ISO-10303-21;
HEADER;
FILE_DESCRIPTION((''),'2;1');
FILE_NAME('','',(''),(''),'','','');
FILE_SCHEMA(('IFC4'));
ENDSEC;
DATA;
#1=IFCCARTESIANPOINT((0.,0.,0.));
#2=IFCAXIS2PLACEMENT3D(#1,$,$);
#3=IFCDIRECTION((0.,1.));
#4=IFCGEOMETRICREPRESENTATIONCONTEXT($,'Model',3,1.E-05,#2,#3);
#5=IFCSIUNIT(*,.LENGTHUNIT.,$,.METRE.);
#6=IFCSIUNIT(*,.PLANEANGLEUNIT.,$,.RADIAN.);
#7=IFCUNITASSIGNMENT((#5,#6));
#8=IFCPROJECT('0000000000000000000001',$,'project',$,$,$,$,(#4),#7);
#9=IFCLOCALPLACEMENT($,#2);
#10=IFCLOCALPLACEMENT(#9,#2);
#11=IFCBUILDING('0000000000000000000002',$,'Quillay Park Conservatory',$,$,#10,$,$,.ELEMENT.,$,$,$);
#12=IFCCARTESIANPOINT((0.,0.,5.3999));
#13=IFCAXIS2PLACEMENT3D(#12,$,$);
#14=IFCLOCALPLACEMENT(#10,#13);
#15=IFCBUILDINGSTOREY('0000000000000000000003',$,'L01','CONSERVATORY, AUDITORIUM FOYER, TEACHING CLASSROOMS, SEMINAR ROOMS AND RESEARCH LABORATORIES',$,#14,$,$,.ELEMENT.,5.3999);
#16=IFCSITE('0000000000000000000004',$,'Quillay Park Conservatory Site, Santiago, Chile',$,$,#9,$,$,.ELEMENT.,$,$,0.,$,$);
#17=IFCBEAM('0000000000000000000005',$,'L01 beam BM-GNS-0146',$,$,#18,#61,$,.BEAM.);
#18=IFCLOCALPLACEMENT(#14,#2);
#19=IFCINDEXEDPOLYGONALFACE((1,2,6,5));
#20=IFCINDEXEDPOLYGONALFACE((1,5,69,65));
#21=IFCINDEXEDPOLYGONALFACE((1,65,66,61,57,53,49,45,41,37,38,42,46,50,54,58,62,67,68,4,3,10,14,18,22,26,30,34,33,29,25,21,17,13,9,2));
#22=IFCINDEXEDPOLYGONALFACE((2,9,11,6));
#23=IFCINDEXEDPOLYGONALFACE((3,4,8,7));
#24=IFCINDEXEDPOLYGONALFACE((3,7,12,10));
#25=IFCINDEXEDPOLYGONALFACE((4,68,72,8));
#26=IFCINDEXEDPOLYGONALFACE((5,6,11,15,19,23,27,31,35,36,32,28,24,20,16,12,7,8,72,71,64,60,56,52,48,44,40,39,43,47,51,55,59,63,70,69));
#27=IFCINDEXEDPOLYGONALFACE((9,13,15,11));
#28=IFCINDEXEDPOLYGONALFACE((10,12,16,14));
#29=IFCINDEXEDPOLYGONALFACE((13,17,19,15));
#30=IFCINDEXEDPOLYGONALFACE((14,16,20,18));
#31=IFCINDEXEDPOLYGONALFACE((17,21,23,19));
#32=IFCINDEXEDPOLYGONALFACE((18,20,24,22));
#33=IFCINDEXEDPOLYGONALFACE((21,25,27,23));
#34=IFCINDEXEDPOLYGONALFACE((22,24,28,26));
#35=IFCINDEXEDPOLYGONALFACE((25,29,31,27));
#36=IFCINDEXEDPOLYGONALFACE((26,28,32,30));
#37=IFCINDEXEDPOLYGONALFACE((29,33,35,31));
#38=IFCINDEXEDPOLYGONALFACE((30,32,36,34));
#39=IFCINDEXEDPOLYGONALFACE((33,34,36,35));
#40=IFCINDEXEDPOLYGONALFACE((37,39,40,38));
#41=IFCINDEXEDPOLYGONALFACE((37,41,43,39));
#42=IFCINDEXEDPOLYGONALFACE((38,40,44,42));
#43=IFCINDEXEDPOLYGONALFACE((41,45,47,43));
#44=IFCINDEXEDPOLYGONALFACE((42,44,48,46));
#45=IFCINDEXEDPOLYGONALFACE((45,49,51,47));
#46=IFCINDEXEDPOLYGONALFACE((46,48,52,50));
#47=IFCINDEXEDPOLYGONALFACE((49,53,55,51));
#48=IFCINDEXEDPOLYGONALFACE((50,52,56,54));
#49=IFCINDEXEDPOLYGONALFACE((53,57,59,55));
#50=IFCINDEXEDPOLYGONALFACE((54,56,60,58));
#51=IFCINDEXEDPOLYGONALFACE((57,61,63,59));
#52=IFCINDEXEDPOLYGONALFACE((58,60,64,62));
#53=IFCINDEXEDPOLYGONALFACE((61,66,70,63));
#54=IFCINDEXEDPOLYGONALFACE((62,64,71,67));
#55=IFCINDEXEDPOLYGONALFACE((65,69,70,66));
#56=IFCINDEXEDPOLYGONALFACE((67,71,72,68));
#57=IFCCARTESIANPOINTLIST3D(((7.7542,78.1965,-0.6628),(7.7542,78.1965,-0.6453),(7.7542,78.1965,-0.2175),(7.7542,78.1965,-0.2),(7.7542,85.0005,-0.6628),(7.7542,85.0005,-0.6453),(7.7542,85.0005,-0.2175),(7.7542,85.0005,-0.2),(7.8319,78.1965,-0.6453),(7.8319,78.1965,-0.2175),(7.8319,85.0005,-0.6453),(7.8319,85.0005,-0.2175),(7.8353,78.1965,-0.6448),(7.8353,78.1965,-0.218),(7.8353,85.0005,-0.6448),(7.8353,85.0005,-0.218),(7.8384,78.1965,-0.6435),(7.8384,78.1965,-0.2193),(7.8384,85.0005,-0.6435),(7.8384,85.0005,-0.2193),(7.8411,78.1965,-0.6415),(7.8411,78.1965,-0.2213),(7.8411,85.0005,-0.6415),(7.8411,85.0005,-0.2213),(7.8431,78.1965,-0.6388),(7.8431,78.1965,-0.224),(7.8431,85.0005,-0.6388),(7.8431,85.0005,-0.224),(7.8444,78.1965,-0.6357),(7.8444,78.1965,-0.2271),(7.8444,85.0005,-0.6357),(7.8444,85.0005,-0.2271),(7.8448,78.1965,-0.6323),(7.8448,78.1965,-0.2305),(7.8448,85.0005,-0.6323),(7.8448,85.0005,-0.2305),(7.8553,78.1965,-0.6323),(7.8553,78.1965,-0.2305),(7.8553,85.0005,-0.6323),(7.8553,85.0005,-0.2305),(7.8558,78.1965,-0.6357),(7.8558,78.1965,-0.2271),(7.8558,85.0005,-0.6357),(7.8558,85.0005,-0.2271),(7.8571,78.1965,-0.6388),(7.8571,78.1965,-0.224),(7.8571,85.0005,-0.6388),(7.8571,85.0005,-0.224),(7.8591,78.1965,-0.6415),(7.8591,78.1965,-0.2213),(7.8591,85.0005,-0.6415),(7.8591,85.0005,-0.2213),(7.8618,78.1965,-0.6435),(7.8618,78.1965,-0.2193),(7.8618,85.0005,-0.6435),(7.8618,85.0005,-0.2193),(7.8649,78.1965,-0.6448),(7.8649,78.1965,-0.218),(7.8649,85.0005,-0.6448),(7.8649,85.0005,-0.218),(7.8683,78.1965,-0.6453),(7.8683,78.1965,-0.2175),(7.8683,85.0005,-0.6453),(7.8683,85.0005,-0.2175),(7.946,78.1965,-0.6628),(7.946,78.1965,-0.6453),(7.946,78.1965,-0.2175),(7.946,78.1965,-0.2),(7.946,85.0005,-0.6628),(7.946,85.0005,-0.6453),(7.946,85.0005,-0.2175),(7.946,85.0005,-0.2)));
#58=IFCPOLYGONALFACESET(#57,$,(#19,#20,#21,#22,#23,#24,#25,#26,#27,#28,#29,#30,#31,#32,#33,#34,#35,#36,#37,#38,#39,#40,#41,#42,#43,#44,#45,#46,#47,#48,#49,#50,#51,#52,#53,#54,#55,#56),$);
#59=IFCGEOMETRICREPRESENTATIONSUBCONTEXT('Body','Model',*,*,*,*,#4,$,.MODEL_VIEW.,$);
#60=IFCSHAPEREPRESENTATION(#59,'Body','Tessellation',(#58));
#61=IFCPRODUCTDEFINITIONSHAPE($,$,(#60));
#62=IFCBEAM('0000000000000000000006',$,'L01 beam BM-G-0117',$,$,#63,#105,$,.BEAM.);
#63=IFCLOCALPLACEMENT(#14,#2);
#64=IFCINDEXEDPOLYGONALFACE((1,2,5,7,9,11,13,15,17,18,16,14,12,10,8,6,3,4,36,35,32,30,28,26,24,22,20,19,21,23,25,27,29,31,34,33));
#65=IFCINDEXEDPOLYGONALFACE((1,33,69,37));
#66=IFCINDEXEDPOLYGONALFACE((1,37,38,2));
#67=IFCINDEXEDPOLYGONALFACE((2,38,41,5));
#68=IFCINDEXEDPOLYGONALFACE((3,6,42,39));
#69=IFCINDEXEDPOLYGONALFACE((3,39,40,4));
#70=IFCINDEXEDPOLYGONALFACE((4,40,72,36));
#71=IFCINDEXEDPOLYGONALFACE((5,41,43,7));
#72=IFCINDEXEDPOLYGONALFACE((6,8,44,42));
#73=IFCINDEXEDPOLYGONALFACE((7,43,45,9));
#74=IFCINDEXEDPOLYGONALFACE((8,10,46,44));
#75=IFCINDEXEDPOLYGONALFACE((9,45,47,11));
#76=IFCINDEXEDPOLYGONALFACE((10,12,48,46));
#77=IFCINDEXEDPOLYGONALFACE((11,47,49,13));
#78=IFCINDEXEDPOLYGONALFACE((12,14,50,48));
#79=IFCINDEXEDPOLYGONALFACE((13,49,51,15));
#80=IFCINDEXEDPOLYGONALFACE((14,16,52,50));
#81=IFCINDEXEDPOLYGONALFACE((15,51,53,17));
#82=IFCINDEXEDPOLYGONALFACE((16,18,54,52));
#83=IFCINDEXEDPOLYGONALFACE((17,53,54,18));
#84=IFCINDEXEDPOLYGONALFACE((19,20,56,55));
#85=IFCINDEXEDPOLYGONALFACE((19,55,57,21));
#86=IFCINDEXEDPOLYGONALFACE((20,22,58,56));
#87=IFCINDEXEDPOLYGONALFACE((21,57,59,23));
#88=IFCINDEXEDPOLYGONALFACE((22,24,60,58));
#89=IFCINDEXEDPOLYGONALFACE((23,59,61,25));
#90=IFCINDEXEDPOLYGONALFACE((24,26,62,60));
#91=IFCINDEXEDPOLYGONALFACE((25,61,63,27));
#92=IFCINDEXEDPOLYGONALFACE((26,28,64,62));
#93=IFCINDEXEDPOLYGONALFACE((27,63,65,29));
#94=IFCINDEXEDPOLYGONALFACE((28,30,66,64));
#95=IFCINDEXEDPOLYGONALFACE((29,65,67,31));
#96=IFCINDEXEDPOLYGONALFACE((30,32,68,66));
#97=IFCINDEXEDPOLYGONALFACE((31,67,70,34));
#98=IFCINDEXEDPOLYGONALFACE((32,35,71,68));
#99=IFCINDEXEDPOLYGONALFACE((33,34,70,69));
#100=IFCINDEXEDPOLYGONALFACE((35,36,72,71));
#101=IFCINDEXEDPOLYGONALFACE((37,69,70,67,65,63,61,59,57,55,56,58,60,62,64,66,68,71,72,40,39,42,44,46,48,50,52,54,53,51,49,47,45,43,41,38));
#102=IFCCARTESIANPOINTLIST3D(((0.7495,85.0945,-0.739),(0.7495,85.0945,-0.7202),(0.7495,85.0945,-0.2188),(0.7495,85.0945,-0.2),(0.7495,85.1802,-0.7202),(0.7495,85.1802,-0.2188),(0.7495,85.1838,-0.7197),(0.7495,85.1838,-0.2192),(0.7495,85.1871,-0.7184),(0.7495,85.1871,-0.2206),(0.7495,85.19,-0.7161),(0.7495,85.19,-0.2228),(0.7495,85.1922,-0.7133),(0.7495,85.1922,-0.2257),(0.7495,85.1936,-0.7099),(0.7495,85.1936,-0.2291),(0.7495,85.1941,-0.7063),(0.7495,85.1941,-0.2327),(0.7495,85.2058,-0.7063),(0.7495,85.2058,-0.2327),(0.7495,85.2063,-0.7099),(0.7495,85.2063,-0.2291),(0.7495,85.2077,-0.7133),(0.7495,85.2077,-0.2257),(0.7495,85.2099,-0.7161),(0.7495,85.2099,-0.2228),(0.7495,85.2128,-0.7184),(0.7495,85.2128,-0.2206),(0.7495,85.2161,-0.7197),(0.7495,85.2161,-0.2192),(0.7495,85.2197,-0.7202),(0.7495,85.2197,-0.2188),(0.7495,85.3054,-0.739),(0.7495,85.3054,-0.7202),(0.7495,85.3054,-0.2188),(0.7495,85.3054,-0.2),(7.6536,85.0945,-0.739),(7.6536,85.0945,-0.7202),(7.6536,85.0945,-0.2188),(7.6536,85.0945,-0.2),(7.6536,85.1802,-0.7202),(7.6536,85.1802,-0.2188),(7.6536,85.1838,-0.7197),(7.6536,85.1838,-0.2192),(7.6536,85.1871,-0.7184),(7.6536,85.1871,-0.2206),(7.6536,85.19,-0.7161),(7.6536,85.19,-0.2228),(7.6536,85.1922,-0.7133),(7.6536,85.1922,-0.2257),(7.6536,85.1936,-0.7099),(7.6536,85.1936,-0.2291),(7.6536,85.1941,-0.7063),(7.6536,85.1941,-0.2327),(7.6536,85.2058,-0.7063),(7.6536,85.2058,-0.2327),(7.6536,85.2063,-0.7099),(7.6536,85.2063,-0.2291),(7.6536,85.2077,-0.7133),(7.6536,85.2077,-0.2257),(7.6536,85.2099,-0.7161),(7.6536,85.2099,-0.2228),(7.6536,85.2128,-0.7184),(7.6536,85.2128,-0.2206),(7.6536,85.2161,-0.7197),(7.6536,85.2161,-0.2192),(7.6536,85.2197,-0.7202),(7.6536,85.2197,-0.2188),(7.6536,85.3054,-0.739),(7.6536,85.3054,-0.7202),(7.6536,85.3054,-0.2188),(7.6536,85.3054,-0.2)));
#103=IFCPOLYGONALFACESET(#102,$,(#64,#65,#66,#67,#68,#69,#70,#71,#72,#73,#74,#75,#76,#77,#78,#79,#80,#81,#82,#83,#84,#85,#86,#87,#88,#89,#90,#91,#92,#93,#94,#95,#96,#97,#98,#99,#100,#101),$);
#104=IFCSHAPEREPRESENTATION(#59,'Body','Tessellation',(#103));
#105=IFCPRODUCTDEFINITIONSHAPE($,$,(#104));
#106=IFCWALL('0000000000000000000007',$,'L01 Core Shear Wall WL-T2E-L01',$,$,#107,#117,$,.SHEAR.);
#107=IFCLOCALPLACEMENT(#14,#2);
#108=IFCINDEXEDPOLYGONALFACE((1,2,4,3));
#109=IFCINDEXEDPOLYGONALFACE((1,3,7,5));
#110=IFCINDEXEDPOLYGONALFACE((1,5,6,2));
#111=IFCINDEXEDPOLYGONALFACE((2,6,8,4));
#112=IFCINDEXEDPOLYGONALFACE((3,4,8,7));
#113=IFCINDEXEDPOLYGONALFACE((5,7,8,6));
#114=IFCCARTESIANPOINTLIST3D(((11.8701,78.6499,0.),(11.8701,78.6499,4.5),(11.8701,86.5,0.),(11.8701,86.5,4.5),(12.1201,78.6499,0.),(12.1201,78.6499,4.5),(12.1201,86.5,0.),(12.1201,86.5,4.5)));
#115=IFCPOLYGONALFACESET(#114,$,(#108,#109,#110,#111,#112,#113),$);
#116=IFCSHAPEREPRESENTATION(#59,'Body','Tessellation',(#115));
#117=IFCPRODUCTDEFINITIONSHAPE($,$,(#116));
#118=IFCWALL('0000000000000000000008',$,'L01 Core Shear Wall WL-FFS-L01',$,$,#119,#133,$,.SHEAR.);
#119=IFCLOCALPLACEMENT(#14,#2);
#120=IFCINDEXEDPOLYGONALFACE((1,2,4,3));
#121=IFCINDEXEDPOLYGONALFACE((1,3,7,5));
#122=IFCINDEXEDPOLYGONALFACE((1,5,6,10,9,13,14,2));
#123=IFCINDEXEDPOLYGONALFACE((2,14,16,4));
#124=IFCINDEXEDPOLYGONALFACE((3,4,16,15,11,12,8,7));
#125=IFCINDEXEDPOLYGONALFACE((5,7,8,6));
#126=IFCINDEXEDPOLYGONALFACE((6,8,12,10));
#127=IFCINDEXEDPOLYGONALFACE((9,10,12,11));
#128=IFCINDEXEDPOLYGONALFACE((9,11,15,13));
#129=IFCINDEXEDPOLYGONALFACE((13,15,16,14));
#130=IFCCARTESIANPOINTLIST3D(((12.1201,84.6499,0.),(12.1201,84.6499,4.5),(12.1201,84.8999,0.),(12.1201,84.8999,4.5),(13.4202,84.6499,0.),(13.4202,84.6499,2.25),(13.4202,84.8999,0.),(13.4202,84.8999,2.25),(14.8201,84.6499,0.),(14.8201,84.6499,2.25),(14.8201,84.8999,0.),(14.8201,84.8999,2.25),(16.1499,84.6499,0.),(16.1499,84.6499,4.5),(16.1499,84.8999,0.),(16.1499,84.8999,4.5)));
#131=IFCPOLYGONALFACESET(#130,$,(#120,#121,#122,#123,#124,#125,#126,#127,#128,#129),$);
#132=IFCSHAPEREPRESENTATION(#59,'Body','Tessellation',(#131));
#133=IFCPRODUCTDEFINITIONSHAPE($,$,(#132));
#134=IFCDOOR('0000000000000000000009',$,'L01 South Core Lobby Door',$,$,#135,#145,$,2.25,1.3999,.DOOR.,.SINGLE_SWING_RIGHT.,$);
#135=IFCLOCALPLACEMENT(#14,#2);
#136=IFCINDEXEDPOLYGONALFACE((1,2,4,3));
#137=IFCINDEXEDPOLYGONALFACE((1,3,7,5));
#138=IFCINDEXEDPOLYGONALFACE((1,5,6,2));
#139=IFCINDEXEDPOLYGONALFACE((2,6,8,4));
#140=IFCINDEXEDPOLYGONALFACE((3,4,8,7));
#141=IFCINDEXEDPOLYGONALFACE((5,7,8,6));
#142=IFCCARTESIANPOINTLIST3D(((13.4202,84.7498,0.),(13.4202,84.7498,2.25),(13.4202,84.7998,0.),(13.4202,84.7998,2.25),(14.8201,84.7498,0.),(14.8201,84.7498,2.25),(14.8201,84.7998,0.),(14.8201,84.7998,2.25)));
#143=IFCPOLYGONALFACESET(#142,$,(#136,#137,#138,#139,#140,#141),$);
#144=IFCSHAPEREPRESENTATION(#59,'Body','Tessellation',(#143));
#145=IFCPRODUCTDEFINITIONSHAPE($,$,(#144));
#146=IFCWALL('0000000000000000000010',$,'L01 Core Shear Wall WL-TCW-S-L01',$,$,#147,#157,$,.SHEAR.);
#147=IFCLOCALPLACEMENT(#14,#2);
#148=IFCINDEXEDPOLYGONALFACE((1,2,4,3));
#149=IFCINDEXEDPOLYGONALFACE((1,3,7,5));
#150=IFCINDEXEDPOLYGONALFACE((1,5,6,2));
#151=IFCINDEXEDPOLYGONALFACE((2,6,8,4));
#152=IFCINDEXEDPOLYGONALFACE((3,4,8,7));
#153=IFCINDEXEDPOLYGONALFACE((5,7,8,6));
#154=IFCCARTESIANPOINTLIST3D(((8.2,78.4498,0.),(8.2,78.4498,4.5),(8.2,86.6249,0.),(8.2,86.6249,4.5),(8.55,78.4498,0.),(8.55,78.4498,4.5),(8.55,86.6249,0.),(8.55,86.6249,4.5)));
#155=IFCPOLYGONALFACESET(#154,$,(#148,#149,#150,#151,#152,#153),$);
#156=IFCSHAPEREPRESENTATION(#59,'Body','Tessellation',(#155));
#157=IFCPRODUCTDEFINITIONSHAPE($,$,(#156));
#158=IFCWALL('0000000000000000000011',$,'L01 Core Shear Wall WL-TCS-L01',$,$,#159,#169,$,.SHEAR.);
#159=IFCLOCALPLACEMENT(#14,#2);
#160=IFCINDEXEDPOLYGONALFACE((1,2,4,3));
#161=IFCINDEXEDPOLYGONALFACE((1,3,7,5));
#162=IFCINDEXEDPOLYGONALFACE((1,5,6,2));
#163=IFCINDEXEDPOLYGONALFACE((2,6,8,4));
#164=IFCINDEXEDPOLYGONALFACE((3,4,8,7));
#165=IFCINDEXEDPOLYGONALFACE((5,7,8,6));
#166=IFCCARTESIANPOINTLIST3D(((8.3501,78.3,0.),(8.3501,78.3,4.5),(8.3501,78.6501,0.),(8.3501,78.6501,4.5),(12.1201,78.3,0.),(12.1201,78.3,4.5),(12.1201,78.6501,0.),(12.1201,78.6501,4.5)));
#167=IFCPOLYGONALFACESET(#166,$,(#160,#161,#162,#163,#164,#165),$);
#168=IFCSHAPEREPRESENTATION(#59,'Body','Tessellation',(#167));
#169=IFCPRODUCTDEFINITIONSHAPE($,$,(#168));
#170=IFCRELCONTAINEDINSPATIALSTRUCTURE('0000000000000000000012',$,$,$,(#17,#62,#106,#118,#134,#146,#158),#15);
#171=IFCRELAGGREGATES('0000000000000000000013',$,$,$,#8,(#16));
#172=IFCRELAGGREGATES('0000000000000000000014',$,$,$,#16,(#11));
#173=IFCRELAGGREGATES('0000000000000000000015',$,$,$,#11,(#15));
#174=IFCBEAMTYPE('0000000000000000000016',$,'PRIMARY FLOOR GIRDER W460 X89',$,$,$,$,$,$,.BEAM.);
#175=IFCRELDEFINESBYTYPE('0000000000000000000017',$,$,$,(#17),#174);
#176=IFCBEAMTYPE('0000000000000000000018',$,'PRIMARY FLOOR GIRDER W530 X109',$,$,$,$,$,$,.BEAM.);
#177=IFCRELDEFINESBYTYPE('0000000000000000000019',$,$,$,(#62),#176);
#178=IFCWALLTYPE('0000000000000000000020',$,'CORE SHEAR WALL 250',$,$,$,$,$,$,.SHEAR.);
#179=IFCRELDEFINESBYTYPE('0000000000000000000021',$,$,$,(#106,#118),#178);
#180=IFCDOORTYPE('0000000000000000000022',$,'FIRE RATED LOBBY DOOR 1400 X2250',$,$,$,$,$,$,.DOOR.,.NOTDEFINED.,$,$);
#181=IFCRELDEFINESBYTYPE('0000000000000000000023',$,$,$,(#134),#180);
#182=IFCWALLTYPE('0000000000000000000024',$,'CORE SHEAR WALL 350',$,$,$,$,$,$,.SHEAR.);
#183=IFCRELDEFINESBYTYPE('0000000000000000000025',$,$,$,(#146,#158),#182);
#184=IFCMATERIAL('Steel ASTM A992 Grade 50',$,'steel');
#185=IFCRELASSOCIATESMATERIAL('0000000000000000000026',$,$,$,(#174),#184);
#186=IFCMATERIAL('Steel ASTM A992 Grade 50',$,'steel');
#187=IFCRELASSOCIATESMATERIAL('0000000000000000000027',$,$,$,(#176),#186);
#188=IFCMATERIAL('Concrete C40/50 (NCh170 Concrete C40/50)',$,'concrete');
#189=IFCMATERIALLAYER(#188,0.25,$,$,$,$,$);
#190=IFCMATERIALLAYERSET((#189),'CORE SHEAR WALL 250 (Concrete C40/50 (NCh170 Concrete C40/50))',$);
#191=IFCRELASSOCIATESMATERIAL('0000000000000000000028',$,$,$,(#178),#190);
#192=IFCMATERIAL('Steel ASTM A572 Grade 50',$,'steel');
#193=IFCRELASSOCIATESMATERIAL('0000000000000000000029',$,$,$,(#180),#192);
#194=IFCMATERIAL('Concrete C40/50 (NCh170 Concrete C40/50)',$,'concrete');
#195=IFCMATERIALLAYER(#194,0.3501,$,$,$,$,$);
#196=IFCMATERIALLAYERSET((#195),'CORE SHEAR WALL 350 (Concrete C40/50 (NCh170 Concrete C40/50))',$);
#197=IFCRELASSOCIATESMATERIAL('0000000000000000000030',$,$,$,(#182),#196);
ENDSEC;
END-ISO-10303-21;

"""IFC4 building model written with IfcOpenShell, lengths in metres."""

from ifc_helpers import new_model, si_unit, direction, frame, frame_2d, origin, origin_2d, place, context, subcontext, project, spatial, rectangle, i_section, extrude, material, layer, layer_set, material_profile, profile_set, type_object, element, fill, save


model = new_model("IFC4")

# Units and contexts
model_context = context("Model", 3, precision=1e-05, world=origin(), true_north=direction((0.0, 1.0)))
body_context = subcontext(model_context, "Body", "Model", "MODEL_VIEW")
ifc_project = project(units=[si_unit("LENGTHUNIT", "METRE"), si_unit("PLANEANGLEUNIT", "RADIAN")], contexts=[model_context])

# Site, building, storey
site_placement = place(None, origin())
site = spatial("IfcSite", under=ifc_project, at=site_placement, Name="Quillay Park Conservatory Site, Santiago, Chile", CompositionType="ELEMENT", RefElevation=0.0)
building_placement = place(site_placement, origin())
building = spatial("IfcBuilding", under=site, at=building_placement, Name="Quillay Park Conservatory", CompositionType="ELEMENT")
storey_placement = place(building_placement, frame((0.0, 0.0, 5.3999)))
storey = spatial("IfcBuildingStorey", under=building, at=storey_placement, Name="L01", Description="CONSERVATORY, AUDITORIUM FOYER, TEACHING CLASSROOMS, SEMINAR ROOMS AND RESEARCH LABORATORIES", CompositionType="ELEMENT", Elevation=5.3999)

# Beams
ifc_material_1 = material(Name="Steel ASTM A992 Grade 50", Category="steel")
ifc_material_profile_1 = material_profile(ifc_material_1, i_section(OverallWidth=0.1919, OverallDepth=0.4629, WebThickness=0.0105, FlangeThickness=0.0176, FilletRadius=0.0129, at=origin_2d()), Name="W460x89")
ifc_profile_set_1 = profile_set([ifc_material_profile_1], Name="Steel ASTM A992 Grade 50")
beam_type_1 = type_object("IfcBeamType", Name="PRIMARY FLOOR GIRDER W460 X89", PredefinedType="BEAM", material=ifc_profile_set_1)
beam_1_placement = place(storey_placement, frame((7.8501, 78.1965, -0.4314), z_axis=(0.0, 1.0, 0.0), x_axis=(-1.0, 0.0, 0.0)))
element("IfcBeam", 1, at=beam_1_placement, inside=storey, type_object=beam_type_1, Name="L01 beam BM-GNS-0146", PredefinedType="BEAM", context=body_context, shape_type="SweptSolid", body=[
    extrude(i_section(OverallWidth=0.1919, OverallDepth=0.4629, WebThickness=0.0105, FlangeThickness=0.0176, FilletRadius=0.0129, at=origin_2d()), origin(), (0.0, 0.0, 1.0), 6.804),
])
ifc_material_2 = material(Name="Steel ASTM A992 Grade 50", Category="steel")
ifc_material_profile_2 = material_profile(ifc_material_2, i_section(OverallWidth=0.2109, OverallDepth=0.5391, WebThickness=0.0117, FlangeThickness=0.0188, FilletRadius=0.0139, at=origin_2d()), Name="W530x109")
ifc_profile_set_2 = profile_set([ifc_material_profile_2], Name="Steel ASTM A992 Grade 50")
beam_type_2 = type_object("IfcBeamType", Name="PRIMARY FLOOR GIRDER W530 X109", PredefinedType="BEAM", material=ifc_profile_set_2)
beam_2_placement = place(storey_placement, frame((0.7495, 85.2, -0.4695), z_axis=(1.0, 0.0, 0.0), x_axis=(0.0, 1.0, 0.0)))
element("IfcBeam", 2, at=beam_2_placement, inside=storey, type_object=beam_type_2, Name="L01 beam BM-G-0117", PredefinedType="BEAM", context=body_context, shape_type="SweptSolid", body=[
    extrude(i_section(OverallWidth=0.2109, OverallDepth=0.5391, WebThickness=0.0117, FlangeThickness=0.0188, FilletRadius=0.0139, at=origin_2d()), origin(), (0.0, 0.0, 1.0), 6.9041),
])

# Wall
ifc_material_3 = material(Name="Concrete C40/50 (NCh170 Concrete C40/50)", Category="concrete")
ifc_layer_1 = layer(ifc_material_3, 0.25)
ifc_layer_set_1 = layer_set([ifc_layer_1], Name="CORE SHEAR WALL 250 (Concrete C40/50 (NCh170 Concrete C40/50))")
wall_type_1 = type_object("IfcWallType", Name="CORE SHEAR WALL 250", PredefinedType="SHEAR", material=ifc_layer_set_1)
wall_1_placement = place(storey_placement, frame((11.9951, 78.6499, 0.0), z_axis=(0.0, 0.0, 1.0), x_axis=(0.0, 1.0, 0.0)))
element("IfcWall", 3, at=wall_1_placement, inside=storey, type_object=wall_type_1, Name="L01 Core Shear Wall WL-T2E-L01", PredefinedType="SHEAR", context=body_context, shape_type="SweptSolid", body=[
    extrude(rectangle(XDim=7.8501, YDim=0.25, at=frame_2d((3.925, 0.0))), origin(), (0.0, 0.0, 1.0), 4.5),
])

# Wall, opening, door
wall_2_placement = place(storey_placement, frame((12.1201, 84.7749, 0.0), z_axis=(0.0, 0.0, 1.0), x_axis=(1.0, 0.0, 0.0)))
wall_2 = element("IfcWall", 4, at=wall_2_placement, inside=storey, type_object=wall_type_1, Name="L01 Core Shear Wall WL-FFS-L01", PredefinedType="SHEAR", context=body_context, shape_type="SweptSolid", body=[
    extrude(rectangle(XDim=4.0298, YDim=0.25, at=frame_2d((2.0149, 0.0))), origin(), (0.0, 0.0, 1.0), 4.5),
])
opening_1_placement = place(wall_2_placement, frame((1.3, 0.0, 0.0)))
opening_1 = element("IfcOpeningElement", 5, at=opening_1_placement, cuts=wall_2, PredefinedType="OPENING", context=body_context, shape_type="SweptSolid", body=[
    extrude(rectangle(XDim=1.3999, YDim=2.25, at=frame_2d((0.7, 1.125))), frame((0.0, 0.125, 0.0), z_axis=(0.0, -1.0, 0.0), x_axis=(1.0, 0.0, 0.0)), (0.0, 0.0, 1.0), 0.25),
])
ifc_material_4 = material(Name="Steel ASTM A572 Grade 50", Category="steel")
door_type_1 = type_object("IfcDoorType", Name="FIRE RATED LOBBY DOOR 1400 X2250", OperationType="NOTDEFINED", PredefinedType="DOOR", material=ifc_material_4)
door_1_placement = place(opening_1_placement, origin())
door_1 = element("IfcDoor", 6, at=door_1_placement, inside=storey, type_object=door_type_1, Name="L01 South Core Lobby Door", OperationType="SINGLE_SWING_RIGHT", OverallHeight=2.25, OverallWidth=1.3999, PredefinedType="DOOR", context=body_context, shape_type="SweptSolid", body=[
    extrude(rectangle(XDim=1.3999, YDim=2.25, at=frame_2d((0.7, 1.125))), frame((0.0, 0.0249, 0.0), z_axis=(0.0, -1.0, 0.0), x_axis=(1.0, 0.0, 0.0)), (0.0, 0.0, 1.0), 0.05),
])
fill(opening_1, door_1)

# Walls
ifc_material_5 = material(Name="Concrete C40/50 (NCh170 Concrete C40/50)", Category="concrete")
ifc_layer_2 = layer(ifc_material_5, 0.3501)
ifc_layer_set_2 = layer_set([ifc_layer_2], Name="CORE SHEAR WALL 350 (Concrete C40/50 (NCh170 Concrete C40/50))")
wall_type_2 = type_object("IfcWallType", Name="CORE SHEAR WALL 350", PredefinedType="SHEAR", material=ifc_layer_set_2)
wall_3_placement = place(storey_placement, frame((8.375, 78.45, 0.0), z_axis=(0.0, 0.0, 1.0), x_axis=(0.0, 1.0, 0.0)))
element("IfcWall", 7, at=wall_3_placement, inside=storey, type_object=wall_type_2, Name="L01 Core Shear Wall WL-TCW-S-L01", PredefinedType="SHEAR", context=body_context, shape_type="SweptSolid", body=[
    extrude(rectangle(XDim=8.175, YDim=0.3501, at=frame_2d((4.0874, 0.0))), origin(), (0.0, 0.0, 1.0), 4.5),
])
wall_4_placement = place(storey_placement, frame((8.3501, 78.4751, 0.0), z_axis=(0.0, 0.0, 1.0), x_axis=(1.0, 0.0, 0.0)))
element("IfcWall", 8, at=wall_4_placement, inside=storey, type_object=wall_type_2, Name="L01 Core Shear Wall WL-TCS-L01", PredefinedType="SHEAR", context=body_context, shape_type="SweptSolid", body=[
    extrude(rectangle(XDim=3.77, YDim=0.3501, at=frame_2d((1.885, 0.0))), origin(), (0.0, 0.0, 1.0), 4.5),
])

save(model, "model.ifc")
